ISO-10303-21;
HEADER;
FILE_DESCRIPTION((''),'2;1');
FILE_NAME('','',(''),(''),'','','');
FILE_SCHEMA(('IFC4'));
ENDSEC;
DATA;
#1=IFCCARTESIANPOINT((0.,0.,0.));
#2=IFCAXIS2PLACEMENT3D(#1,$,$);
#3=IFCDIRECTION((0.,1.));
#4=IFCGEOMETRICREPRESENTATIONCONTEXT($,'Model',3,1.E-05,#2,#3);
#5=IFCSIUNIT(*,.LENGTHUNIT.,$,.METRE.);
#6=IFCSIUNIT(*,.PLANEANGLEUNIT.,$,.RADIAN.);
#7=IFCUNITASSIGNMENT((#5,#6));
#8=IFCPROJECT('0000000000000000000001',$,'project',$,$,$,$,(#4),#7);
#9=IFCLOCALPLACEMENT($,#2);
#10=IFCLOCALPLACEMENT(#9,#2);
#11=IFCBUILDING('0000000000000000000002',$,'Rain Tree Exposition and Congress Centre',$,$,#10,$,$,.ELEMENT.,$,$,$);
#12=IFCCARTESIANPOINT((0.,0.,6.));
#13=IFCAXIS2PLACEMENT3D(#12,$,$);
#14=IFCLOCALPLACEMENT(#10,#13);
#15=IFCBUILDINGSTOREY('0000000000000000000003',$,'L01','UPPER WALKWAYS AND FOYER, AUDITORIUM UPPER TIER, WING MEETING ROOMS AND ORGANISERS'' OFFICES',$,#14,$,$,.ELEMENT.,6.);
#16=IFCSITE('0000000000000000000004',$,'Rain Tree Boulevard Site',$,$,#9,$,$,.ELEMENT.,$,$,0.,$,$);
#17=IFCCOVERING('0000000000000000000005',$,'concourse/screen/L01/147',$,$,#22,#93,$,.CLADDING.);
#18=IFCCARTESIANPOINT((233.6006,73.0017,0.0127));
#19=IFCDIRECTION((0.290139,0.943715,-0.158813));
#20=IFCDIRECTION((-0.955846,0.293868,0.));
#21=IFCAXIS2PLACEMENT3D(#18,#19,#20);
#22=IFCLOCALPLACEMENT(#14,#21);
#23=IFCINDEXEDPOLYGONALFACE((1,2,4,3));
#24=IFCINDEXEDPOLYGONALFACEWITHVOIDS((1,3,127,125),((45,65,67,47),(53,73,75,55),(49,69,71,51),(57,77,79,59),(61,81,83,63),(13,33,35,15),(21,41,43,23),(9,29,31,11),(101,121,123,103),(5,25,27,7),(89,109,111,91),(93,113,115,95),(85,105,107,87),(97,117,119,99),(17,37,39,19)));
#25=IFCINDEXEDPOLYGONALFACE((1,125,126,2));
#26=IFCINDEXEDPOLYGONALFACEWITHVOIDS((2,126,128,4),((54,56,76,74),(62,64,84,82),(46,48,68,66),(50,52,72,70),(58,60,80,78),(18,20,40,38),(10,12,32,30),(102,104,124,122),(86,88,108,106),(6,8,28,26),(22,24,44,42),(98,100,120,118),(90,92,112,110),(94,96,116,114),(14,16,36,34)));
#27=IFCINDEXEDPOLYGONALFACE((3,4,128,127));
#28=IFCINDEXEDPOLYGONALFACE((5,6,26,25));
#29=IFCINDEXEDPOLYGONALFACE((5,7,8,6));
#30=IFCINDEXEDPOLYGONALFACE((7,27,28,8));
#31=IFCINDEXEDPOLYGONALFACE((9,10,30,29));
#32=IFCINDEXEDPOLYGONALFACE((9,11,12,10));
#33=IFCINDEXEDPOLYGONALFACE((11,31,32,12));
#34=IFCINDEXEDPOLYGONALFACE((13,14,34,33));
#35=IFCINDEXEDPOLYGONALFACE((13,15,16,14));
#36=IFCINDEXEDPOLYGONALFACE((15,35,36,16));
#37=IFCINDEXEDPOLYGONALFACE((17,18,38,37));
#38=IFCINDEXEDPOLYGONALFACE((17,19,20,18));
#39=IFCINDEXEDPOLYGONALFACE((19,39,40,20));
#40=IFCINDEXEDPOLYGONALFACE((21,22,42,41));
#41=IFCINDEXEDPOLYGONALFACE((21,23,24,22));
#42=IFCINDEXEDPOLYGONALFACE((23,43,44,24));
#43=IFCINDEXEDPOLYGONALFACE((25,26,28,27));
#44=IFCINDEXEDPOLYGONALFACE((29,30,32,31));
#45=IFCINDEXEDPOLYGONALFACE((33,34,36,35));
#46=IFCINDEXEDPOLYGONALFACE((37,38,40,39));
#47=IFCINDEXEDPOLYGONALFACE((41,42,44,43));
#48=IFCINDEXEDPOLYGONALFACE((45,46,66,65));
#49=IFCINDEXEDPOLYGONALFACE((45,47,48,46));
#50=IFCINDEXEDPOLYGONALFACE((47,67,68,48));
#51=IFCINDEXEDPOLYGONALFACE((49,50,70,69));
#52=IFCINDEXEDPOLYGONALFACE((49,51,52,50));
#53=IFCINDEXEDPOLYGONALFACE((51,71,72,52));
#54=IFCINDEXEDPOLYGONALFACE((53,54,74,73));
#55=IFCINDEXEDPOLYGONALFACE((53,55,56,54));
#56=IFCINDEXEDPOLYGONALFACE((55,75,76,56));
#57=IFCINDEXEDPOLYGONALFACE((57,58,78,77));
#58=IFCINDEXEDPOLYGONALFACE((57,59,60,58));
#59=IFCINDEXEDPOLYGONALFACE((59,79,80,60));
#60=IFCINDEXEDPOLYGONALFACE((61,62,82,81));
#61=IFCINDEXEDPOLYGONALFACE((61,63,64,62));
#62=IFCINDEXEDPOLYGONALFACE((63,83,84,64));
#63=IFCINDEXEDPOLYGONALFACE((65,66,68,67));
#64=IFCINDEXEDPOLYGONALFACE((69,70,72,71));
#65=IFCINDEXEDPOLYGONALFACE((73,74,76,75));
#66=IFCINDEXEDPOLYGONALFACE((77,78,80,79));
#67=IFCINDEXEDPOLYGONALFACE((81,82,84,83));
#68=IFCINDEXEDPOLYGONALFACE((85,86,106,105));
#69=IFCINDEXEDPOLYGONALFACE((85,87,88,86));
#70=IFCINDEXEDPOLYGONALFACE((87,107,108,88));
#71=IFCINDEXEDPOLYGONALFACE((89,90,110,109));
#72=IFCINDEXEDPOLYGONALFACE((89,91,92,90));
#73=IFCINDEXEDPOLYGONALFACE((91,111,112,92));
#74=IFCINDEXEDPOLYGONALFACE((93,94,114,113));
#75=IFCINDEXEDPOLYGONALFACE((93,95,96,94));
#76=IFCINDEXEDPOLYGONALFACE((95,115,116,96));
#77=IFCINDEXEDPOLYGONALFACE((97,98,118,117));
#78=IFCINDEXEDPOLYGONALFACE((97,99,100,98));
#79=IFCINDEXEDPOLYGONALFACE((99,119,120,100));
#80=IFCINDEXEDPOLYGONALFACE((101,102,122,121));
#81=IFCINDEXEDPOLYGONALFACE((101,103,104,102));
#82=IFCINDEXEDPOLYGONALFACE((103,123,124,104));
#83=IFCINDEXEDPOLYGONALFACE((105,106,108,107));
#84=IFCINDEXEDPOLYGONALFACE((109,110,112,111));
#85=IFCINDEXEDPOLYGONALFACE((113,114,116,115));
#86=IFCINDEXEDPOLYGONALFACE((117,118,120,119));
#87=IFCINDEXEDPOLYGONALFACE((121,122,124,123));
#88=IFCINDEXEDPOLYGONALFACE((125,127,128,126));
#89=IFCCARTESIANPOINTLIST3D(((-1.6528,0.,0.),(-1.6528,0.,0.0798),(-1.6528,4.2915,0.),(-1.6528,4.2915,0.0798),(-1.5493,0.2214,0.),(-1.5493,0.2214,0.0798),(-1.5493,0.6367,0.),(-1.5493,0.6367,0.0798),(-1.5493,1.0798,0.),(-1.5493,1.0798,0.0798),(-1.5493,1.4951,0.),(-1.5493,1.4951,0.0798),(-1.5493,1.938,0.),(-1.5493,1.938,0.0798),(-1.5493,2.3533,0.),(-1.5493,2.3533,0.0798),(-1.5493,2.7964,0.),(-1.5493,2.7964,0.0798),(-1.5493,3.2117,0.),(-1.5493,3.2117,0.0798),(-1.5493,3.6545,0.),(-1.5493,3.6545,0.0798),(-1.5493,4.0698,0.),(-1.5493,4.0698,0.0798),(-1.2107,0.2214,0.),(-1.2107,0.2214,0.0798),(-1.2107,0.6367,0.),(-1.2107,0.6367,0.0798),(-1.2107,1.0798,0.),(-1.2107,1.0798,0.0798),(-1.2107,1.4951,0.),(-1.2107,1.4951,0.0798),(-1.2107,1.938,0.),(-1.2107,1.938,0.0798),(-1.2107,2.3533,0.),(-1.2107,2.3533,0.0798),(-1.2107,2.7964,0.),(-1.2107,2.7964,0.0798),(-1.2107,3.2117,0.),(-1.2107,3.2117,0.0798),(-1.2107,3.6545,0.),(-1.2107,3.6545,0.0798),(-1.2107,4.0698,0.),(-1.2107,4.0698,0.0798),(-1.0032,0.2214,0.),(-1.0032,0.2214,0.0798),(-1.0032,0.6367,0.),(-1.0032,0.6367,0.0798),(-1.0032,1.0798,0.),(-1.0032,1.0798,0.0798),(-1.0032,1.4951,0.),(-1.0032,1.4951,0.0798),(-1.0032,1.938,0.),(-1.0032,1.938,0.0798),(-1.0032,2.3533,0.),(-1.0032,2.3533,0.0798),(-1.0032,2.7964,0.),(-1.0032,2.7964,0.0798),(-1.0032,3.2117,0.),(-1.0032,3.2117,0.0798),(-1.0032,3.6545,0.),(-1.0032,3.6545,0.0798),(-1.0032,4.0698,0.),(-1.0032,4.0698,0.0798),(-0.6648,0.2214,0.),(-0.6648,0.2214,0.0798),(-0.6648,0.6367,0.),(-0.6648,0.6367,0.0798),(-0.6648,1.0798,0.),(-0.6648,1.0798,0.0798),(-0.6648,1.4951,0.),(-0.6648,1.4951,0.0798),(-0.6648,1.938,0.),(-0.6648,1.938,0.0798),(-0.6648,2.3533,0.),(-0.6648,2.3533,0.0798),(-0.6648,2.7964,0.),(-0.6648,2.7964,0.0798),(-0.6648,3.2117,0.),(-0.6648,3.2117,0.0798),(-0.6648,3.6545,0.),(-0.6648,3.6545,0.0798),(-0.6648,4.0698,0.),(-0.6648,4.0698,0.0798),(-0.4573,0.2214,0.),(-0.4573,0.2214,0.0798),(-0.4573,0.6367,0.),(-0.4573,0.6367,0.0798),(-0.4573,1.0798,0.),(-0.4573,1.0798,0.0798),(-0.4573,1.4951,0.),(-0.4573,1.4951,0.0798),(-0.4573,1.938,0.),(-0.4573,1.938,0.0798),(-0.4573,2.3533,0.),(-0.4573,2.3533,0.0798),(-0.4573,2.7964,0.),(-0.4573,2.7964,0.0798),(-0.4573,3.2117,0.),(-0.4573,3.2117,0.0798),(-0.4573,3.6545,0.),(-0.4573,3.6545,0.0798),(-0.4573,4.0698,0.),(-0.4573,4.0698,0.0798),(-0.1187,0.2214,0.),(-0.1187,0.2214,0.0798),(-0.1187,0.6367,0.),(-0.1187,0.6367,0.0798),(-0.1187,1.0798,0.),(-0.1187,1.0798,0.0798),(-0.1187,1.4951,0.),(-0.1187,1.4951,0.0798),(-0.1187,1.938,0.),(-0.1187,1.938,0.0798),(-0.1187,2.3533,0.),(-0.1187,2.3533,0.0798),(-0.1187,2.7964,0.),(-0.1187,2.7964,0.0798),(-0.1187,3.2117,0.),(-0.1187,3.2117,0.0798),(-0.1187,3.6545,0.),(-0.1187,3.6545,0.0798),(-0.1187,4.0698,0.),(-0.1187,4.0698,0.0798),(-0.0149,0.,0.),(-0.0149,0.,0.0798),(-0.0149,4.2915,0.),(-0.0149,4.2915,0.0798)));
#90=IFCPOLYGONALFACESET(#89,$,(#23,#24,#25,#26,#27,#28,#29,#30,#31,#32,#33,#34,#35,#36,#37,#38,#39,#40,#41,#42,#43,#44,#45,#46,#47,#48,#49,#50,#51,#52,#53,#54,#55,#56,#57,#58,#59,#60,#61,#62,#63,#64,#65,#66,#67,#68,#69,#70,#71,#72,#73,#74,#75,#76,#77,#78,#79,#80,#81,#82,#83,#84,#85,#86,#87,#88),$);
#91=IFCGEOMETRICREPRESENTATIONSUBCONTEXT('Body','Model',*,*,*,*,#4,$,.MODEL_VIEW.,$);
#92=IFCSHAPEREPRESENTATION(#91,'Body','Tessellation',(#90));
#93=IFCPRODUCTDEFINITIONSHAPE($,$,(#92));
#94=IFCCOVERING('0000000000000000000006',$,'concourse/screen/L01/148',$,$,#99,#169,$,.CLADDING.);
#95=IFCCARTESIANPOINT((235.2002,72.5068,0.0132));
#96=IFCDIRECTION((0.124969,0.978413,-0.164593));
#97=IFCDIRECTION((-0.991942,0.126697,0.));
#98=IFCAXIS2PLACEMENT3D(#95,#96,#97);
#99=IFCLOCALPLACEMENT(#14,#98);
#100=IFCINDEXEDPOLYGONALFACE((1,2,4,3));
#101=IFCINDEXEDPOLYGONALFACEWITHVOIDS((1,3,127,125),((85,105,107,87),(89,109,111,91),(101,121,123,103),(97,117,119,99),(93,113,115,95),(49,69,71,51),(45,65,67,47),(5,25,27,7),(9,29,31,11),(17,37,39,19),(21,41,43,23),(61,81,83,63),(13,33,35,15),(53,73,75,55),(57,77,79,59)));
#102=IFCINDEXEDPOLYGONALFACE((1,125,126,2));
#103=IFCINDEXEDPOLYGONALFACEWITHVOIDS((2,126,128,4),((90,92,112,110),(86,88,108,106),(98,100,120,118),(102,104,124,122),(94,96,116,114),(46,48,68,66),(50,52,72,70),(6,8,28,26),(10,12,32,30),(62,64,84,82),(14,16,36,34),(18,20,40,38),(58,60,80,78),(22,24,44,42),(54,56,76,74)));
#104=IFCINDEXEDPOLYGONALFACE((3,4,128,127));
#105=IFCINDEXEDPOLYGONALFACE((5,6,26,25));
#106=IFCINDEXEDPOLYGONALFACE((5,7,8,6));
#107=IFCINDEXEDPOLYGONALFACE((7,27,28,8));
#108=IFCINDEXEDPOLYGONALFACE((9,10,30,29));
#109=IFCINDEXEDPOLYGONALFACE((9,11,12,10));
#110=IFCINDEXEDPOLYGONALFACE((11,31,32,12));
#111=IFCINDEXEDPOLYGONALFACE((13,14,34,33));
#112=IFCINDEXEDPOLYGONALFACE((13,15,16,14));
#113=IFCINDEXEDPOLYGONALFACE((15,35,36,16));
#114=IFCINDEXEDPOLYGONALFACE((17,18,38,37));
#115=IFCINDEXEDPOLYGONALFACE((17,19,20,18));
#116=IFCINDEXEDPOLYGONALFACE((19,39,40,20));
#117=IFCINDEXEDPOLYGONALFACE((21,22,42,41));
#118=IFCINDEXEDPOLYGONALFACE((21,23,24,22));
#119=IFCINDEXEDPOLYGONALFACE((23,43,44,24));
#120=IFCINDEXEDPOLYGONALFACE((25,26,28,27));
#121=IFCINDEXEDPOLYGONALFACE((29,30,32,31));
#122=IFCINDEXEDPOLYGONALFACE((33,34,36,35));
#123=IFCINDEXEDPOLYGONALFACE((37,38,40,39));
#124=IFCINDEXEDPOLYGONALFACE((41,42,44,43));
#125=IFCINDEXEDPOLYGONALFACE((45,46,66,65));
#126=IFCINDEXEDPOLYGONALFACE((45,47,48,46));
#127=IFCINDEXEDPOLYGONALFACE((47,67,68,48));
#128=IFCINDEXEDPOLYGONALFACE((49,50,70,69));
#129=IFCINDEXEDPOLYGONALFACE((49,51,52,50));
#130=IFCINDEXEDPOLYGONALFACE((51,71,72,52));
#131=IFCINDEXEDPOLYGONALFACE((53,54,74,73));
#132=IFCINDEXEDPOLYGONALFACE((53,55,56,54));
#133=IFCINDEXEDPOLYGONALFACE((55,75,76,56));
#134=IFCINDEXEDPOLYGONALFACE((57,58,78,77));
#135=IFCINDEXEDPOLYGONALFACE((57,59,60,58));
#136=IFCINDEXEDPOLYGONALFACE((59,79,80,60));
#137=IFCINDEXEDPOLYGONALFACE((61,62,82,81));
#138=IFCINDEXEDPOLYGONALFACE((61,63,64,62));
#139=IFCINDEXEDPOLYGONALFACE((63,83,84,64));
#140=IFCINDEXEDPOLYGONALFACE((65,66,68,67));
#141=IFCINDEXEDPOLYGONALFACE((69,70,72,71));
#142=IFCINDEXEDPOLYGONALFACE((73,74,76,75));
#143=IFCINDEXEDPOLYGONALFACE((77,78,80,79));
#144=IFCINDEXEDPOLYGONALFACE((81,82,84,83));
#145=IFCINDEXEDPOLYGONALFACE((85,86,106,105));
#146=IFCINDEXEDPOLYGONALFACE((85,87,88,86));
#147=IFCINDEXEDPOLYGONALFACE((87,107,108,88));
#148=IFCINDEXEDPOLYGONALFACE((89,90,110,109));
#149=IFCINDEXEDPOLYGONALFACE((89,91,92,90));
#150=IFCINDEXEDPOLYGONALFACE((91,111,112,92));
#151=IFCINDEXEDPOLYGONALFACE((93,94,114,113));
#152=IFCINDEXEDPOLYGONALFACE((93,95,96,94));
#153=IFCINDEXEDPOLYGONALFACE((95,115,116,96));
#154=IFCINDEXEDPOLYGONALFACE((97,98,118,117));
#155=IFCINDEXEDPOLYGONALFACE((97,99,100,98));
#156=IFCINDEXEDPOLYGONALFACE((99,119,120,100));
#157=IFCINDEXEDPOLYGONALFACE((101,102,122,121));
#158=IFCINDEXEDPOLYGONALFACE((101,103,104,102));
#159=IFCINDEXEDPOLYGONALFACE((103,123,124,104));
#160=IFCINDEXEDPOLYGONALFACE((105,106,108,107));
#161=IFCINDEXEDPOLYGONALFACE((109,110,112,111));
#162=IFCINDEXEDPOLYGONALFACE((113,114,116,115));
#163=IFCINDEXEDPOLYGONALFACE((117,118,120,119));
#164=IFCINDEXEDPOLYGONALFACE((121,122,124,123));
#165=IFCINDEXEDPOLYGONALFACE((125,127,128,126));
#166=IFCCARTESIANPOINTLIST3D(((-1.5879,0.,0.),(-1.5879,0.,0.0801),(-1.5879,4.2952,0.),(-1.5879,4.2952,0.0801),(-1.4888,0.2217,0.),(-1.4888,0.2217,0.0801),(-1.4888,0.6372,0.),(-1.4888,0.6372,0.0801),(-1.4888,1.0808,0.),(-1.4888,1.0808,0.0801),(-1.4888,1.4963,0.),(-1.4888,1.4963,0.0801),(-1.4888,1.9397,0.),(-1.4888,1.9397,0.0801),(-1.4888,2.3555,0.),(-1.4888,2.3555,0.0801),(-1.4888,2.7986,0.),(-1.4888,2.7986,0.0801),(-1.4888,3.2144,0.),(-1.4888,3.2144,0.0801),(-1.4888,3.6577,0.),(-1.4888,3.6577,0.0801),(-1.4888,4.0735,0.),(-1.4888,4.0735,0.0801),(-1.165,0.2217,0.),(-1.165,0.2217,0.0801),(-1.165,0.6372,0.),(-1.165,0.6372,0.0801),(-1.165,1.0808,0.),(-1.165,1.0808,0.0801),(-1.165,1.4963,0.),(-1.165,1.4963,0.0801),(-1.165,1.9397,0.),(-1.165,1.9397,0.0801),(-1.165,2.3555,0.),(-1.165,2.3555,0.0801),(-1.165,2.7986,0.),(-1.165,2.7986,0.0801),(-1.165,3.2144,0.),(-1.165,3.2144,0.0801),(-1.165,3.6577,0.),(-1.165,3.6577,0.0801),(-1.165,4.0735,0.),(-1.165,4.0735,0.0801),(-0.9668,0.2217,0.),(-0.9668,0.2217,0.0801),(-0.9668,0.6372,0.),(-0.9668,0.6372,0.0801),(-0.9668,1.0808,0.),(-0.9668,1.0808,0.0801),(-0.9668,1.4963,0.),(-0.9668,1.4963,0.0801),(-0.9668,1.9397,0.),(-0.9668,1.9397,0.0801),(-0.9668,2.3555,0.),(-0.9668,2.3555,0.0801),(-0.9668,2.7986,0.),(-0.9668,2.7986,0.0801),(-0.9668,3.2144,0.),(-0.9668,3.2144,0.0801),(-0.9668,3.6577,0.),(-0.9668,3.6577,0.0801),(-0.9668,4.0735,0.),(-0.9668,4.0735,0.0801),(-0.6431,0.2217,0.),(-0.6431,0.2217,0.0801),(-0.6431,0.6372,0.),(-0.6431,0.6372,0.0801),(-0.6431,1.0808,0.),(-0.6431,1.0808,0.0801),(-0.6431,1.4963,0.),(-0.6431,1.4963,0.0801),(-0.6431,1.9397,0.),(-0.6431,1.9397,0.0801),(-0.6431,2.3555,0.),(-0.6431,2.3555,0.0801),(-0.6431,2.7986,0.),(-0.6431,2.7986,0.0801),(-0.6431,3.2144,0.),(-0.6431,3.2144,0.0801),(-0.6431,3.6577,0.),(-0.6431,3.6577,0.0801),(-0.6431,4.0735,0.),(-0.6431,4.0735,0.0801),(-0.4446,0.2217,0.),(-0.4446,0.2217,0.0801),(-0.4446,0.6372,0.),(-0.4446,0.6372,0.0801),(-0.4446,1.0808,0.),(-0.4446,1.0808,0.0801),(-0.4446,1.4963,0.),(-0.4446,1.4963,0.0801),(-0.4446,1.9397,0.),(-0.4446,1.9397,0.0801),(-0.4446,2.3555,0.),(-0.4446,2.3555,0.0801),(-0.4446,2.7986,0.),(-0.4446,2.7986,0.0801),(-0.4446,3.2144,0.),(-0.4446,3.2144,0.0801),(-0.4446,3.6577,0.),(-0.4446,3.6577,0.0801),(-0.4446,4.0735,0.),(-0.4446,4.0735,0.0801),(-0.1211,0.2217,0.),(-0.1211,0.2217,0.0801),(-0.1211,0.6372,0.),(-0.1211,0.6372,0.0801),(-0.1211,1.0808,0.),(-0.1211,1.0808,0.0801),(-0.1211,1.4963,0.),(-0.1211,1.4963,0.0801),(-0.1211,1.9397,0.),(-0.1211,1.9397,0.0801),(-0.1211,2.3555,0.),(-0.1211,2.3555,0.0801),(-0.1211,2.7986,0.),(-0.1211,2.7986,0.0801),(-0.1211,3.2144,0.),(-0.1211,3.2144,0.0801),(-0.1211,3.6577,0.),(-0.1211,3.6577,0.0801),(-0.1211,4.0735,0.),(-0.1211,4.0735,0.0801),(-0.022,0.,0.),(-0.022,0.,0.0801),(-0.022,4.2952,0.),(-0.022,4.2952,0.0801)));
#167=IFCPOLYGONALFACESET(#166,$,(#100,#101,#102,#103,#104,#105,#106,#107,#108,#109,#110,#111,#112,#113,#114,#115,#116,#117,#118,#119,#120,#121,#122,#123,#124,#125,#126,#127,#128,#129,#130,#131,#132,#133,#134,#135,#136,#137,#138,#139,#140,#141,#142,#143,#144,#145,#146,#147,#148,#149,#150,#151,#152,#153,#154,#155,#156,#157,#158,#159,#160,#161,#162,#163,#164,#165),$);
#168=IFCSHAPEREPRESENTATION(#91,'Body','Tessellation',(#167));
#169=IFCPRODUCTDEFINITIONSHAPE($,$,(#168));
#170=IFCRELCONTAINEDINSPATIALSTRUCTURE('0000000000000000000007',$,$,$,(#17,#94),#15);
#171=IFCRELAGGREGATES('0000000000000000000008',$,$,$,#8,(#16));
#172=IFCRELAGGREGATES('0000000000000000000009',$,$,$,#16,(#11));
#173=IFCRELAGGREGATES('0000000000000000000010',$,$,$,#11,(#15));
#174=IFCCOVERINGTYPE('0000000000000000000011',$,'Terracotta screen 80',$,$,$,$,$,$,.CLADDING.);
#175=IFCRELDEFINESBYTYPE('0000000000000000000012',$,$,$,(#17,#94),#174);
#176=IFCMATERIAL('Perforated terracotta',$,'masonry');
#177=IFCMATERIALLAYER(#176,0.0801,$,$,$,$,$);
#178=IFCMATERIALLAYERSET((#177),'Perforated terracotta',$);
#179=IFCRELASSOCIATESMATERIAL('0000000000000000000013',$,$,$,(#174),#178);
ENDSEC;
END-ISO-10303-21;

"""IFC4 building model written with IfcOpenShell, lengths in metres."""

from ifc_helpers import new_model, si_unit, direction, frame, origin, place, context, subcontext, project, spatial, polyline, outline, extrude, material, layer, layer_set, type_object, element, save


model = new_model("IFC4")

# Units and contexts
model_context = context("Model", 3, precision=1e-05, world=origin(), true_north=direction((0.0, 1.0)))
body_context = subcontext(model_context, "Body", "Model", "MODEL_VIEW")
ifc_project = project(units=[si_unit("LENGTHUNIT", "METRE"), si_unit("PLANEANGLEUNIT", "RADIAN")], contexts=[model_context])

# Site, building, storey
site_placement = place(None, origin())
site = spatial("IfcSite", under=ifc_project, at=site_placement, Name="Rain Tree Boulevard Site", CompositionType="ELEMENT", RefElevation=0.0)
building_placement = place(site_placement, origin())
building = spatial("IfcBuilding", under=site, at=building_placement, Name="Rain Tree Exposition and Congress Centre", CompositionType="ELEMENT")
storey_placement = place(building_placement, frame((0.0, 0.0, 6.0)))
storey = spatial("IfcBuildingStorey", under=building, at=storey_placement, Name="L01", Description="UPPER WALKWAYS AND FOYER, AUDITORIUM UPPER TIER, WING MEETING ROOMS AND ORGANISERS' OFFICES", CompositionType="ELEMENT", Elevation=6.0)

# Coverings
ifc_material_1 = material(Name="Perforated terracotta", Category="masonry")
ifc_layer_1 = layer(ifc_material_1, 0.0801)
ifc_layer_set_1 = layer_set([ifc_layer_1], Name="Perforated terracotta")
covering_type = type_object("IfcCoveringType", Name="Terracotta screen 80", PredefinedType="CLADDING", material=ifc_layer_set_1)
covering_1_placement = place(storey_placement, frame((233.6006, 73.0017, 0.0127), z_axis=(0.290139, 0.943715, -0.158813), x_axis=(-0.955846, 0.293868, 0.0)))
element("IfcCovering", 1, at=covering_1_placement, inside=storey, type_object=covering_type, Name="concourse/screen/L01/147", PredefinedType="CLADDING", context=body_context, shape_type="SweptSolid", body=[
    extrude(outline(polyline([(-1.6528, 0.0), (-1.6528, 4.2915), (-0.0149, 4.2915), (-0.0149, 0.0), (-1.6528, 0.0)]), holes=[polyline([(-0.1187, 0.2214), (-0.1187, 0.6367), (-0.4573, 0.6367), (-0.4573, 0.2214), (-0.1187, 0.2214)]), polyline([(-0.1187, 1.0798), (-0.1187, 1.4951), (-0.4573, 1.4951), (-0.4573, 1.0798), (-0.1187, 1.0798)]), polyline([(-0.1187, 1.938), (-0.1187, 2.3533), (-0.4573, 2.3533), (-0.4573, 1.938), (-0.1187, 1.938)]), polyline([(-0.1187, 2.7964), (-0.1187, 3.2117), (-0.4573, 3.2117), (-0.4573, 2.7964), (-0.1187, 2.7964)]), polyline([(-0.1187, 3.6545), (-0.1187, 4.0698), (-0.4573, 4.0698), (-0.4573, 3.6545), (-0.1187, 3.6545)]), polyline([(-0.6648, 0.2214), (-0.6648, 0.6367), (-1.0032, 0.6367), (-1.0032, 0.2214), (-0.6648, 0.2214)]), polyline([(-0.6648, 1.0798), (-0.6648, 1.4951), (-1.0032, 1.4951), (-1.0032, 1.0798), (-0.6648, 1.0798)]), polyline([(-0.6648, 1.938), (-0.6648, 2.3533), (-1.0032, 2.3533), (-1.0032, 1.938), (-0.6648, 1.938)]), polyline([(-0.6648, 2.7964), (-0.6648, 3.2117), (-1.0032, 3.2117), (-1.0032, 2.7964), (-0.6648, 2.7964)]), polyline([(-0.6648, 3.6545), (-0.6648, 4.0698), (-1.0032, 4.0698), (-1.0032, 3.6545), (-0.6648, 3.6545)]), polyline([(-1.2107, 0.2214), (-1.2107, 0.6367), (-1.5493, 0.6367), (-1.5493, 0.2214), (-1.2107, 0.2214)]), polyline([(-1.2107, 1.0798), (-1.2107, 1.4951), (-1.5493, 1.4951), (-1.5493, 1.0798), (-1.2107, 1.0798)]), polyline([(-1.2107, 1.938), (-1.2107, 2.3533), (-1.5493, 2.3533), (-1.5493, 1.938), (-1.2107, 1.938)]), polyline([(-1.2107, 2.7964), (-1.2107, 3.2117), (-1.5493, 3.2117), (-1.5493, 2.7964), (-1.2107, 2.7964)]), polyline([(-1.2107, 3.6545), (-1.2107, 4.0698), (-1.5493, 4.0698), (-1.5493, 3.6545), (-1.2107, 3.6545)])]), origin(), (0.0, 0.0, 1.0), 0.0798),
])
covering_2_placement = place(storey_placement, frame((235.2002, 72.5068, 0.0132), z_axis=(0.124969, 0.978413, -0.164593), x_axis=(-0.991942, 0.126697, 0.0)))
element("IfcCovering", 2, at=covering_2_placement, inside=storey, type_object=covering_type, Name="concourse/screen/L01/148", PredefinedType="CLADDING", context=body_context, shape_type="SweptSolid", body=[
    extrude(outline(polyline([(-1.5879, 0.0), (-1.5879, 4.2952), (-0.022, 4.2952), (-0.022, 0.0), (-1.5879, 0.0)]), holes=[polyline([(-0.1211, 0.2217), (-0.1211, 0.6372), (-0.4446, 0.6372), (-0.4446, 0.2217), (-0.1211, 0.2217)]), polyline([(-0.1211, 1.0808), (-0.1211, 1.4963), (-0.4446, 1.4963), (-0.4446, 1.0808), (-0.1211, 1.0808)]), polyline([(-0.1211, 1.9397), (-0.1211, 2.3555), (-0.4446, 2.3555), (-0.4446, 1.9397), (-0.1211, 1.9397)]), polyline([(-0.1211, 2.7986), (-0.1211, 3.2144), (-0.4446, 3.2144), (-0.4446, 2.7986), (-0.1211, 2.7986)]), polyline([(-0.1211, 3.6577), (-0.1211, 4.0735), (-0.4446, 4.0735), (-0.4446, 3.6577), (-0.1211, 3.6577)]), polyline([(-0.6431, 0.2217), (-0.6431, 0.6372), (-0.9668, 0.6372), (-0.9668, 0.2217), (-0.6431, 0.2217)]), polyline([(-0.6431, 1.0808), (-0.6431, 1.4963), (-0.9668, 1.4963), (-0.9668, 1.0808), (-0.6431, 1.0808)]), polyline([(-0.6431, 1.9397), (-0.6431, 2.3555), (-0.9668, 2.3555), (-0.9668, 1.9397), (-0.6431, 1.9397)]), polyline([(-0.6431, 2.7986), (-0.6431, 3.2144), (-0.9668, 3.2144), (-0.9668, 2.7986), (-0.6431, 2.7986)]), polyline([(-0.6431, 3.6577), (-0.6431, 4.0735), (-0.9668, 4.0735), (-0.9668, 3.6577), (-0.6431, 3.6577)]), polyline([(-1.165, 0.2217), (-1.165, 0.6372), (-1.4888, 0.6372), (-1.4888, 0.2217), (-1.165, 0.2217)]), polyline([(-1.165, 1.0808), (-1.165, 1.4963), (-1.4888, 1.4963), (-1.4888, 1.0808), (-1.165, 1.0808)]), polyline([(-1.165, 1.9397), (-1.165, 2.3555), (-1.4888, 2.3555), (-1.4888, 1.9397), (-1.165, 1.9397)]), polyline([(-1.165, 2.7986), (-1.165, 3.2144), (-1.4888, 3.2144), (-1.4888, 2.7986), (-1.165, 2.7986)]), polyline([(-1.165, 3.6577), (-1.165, 4.0735), (-1.4888, 4.0735), (-1.4888, 3.6577), (-1.165, 3.6577)])]), origin(), (0.0, 0.0, 1.0), 0.0801),
])

save(model, "model.ifc")
